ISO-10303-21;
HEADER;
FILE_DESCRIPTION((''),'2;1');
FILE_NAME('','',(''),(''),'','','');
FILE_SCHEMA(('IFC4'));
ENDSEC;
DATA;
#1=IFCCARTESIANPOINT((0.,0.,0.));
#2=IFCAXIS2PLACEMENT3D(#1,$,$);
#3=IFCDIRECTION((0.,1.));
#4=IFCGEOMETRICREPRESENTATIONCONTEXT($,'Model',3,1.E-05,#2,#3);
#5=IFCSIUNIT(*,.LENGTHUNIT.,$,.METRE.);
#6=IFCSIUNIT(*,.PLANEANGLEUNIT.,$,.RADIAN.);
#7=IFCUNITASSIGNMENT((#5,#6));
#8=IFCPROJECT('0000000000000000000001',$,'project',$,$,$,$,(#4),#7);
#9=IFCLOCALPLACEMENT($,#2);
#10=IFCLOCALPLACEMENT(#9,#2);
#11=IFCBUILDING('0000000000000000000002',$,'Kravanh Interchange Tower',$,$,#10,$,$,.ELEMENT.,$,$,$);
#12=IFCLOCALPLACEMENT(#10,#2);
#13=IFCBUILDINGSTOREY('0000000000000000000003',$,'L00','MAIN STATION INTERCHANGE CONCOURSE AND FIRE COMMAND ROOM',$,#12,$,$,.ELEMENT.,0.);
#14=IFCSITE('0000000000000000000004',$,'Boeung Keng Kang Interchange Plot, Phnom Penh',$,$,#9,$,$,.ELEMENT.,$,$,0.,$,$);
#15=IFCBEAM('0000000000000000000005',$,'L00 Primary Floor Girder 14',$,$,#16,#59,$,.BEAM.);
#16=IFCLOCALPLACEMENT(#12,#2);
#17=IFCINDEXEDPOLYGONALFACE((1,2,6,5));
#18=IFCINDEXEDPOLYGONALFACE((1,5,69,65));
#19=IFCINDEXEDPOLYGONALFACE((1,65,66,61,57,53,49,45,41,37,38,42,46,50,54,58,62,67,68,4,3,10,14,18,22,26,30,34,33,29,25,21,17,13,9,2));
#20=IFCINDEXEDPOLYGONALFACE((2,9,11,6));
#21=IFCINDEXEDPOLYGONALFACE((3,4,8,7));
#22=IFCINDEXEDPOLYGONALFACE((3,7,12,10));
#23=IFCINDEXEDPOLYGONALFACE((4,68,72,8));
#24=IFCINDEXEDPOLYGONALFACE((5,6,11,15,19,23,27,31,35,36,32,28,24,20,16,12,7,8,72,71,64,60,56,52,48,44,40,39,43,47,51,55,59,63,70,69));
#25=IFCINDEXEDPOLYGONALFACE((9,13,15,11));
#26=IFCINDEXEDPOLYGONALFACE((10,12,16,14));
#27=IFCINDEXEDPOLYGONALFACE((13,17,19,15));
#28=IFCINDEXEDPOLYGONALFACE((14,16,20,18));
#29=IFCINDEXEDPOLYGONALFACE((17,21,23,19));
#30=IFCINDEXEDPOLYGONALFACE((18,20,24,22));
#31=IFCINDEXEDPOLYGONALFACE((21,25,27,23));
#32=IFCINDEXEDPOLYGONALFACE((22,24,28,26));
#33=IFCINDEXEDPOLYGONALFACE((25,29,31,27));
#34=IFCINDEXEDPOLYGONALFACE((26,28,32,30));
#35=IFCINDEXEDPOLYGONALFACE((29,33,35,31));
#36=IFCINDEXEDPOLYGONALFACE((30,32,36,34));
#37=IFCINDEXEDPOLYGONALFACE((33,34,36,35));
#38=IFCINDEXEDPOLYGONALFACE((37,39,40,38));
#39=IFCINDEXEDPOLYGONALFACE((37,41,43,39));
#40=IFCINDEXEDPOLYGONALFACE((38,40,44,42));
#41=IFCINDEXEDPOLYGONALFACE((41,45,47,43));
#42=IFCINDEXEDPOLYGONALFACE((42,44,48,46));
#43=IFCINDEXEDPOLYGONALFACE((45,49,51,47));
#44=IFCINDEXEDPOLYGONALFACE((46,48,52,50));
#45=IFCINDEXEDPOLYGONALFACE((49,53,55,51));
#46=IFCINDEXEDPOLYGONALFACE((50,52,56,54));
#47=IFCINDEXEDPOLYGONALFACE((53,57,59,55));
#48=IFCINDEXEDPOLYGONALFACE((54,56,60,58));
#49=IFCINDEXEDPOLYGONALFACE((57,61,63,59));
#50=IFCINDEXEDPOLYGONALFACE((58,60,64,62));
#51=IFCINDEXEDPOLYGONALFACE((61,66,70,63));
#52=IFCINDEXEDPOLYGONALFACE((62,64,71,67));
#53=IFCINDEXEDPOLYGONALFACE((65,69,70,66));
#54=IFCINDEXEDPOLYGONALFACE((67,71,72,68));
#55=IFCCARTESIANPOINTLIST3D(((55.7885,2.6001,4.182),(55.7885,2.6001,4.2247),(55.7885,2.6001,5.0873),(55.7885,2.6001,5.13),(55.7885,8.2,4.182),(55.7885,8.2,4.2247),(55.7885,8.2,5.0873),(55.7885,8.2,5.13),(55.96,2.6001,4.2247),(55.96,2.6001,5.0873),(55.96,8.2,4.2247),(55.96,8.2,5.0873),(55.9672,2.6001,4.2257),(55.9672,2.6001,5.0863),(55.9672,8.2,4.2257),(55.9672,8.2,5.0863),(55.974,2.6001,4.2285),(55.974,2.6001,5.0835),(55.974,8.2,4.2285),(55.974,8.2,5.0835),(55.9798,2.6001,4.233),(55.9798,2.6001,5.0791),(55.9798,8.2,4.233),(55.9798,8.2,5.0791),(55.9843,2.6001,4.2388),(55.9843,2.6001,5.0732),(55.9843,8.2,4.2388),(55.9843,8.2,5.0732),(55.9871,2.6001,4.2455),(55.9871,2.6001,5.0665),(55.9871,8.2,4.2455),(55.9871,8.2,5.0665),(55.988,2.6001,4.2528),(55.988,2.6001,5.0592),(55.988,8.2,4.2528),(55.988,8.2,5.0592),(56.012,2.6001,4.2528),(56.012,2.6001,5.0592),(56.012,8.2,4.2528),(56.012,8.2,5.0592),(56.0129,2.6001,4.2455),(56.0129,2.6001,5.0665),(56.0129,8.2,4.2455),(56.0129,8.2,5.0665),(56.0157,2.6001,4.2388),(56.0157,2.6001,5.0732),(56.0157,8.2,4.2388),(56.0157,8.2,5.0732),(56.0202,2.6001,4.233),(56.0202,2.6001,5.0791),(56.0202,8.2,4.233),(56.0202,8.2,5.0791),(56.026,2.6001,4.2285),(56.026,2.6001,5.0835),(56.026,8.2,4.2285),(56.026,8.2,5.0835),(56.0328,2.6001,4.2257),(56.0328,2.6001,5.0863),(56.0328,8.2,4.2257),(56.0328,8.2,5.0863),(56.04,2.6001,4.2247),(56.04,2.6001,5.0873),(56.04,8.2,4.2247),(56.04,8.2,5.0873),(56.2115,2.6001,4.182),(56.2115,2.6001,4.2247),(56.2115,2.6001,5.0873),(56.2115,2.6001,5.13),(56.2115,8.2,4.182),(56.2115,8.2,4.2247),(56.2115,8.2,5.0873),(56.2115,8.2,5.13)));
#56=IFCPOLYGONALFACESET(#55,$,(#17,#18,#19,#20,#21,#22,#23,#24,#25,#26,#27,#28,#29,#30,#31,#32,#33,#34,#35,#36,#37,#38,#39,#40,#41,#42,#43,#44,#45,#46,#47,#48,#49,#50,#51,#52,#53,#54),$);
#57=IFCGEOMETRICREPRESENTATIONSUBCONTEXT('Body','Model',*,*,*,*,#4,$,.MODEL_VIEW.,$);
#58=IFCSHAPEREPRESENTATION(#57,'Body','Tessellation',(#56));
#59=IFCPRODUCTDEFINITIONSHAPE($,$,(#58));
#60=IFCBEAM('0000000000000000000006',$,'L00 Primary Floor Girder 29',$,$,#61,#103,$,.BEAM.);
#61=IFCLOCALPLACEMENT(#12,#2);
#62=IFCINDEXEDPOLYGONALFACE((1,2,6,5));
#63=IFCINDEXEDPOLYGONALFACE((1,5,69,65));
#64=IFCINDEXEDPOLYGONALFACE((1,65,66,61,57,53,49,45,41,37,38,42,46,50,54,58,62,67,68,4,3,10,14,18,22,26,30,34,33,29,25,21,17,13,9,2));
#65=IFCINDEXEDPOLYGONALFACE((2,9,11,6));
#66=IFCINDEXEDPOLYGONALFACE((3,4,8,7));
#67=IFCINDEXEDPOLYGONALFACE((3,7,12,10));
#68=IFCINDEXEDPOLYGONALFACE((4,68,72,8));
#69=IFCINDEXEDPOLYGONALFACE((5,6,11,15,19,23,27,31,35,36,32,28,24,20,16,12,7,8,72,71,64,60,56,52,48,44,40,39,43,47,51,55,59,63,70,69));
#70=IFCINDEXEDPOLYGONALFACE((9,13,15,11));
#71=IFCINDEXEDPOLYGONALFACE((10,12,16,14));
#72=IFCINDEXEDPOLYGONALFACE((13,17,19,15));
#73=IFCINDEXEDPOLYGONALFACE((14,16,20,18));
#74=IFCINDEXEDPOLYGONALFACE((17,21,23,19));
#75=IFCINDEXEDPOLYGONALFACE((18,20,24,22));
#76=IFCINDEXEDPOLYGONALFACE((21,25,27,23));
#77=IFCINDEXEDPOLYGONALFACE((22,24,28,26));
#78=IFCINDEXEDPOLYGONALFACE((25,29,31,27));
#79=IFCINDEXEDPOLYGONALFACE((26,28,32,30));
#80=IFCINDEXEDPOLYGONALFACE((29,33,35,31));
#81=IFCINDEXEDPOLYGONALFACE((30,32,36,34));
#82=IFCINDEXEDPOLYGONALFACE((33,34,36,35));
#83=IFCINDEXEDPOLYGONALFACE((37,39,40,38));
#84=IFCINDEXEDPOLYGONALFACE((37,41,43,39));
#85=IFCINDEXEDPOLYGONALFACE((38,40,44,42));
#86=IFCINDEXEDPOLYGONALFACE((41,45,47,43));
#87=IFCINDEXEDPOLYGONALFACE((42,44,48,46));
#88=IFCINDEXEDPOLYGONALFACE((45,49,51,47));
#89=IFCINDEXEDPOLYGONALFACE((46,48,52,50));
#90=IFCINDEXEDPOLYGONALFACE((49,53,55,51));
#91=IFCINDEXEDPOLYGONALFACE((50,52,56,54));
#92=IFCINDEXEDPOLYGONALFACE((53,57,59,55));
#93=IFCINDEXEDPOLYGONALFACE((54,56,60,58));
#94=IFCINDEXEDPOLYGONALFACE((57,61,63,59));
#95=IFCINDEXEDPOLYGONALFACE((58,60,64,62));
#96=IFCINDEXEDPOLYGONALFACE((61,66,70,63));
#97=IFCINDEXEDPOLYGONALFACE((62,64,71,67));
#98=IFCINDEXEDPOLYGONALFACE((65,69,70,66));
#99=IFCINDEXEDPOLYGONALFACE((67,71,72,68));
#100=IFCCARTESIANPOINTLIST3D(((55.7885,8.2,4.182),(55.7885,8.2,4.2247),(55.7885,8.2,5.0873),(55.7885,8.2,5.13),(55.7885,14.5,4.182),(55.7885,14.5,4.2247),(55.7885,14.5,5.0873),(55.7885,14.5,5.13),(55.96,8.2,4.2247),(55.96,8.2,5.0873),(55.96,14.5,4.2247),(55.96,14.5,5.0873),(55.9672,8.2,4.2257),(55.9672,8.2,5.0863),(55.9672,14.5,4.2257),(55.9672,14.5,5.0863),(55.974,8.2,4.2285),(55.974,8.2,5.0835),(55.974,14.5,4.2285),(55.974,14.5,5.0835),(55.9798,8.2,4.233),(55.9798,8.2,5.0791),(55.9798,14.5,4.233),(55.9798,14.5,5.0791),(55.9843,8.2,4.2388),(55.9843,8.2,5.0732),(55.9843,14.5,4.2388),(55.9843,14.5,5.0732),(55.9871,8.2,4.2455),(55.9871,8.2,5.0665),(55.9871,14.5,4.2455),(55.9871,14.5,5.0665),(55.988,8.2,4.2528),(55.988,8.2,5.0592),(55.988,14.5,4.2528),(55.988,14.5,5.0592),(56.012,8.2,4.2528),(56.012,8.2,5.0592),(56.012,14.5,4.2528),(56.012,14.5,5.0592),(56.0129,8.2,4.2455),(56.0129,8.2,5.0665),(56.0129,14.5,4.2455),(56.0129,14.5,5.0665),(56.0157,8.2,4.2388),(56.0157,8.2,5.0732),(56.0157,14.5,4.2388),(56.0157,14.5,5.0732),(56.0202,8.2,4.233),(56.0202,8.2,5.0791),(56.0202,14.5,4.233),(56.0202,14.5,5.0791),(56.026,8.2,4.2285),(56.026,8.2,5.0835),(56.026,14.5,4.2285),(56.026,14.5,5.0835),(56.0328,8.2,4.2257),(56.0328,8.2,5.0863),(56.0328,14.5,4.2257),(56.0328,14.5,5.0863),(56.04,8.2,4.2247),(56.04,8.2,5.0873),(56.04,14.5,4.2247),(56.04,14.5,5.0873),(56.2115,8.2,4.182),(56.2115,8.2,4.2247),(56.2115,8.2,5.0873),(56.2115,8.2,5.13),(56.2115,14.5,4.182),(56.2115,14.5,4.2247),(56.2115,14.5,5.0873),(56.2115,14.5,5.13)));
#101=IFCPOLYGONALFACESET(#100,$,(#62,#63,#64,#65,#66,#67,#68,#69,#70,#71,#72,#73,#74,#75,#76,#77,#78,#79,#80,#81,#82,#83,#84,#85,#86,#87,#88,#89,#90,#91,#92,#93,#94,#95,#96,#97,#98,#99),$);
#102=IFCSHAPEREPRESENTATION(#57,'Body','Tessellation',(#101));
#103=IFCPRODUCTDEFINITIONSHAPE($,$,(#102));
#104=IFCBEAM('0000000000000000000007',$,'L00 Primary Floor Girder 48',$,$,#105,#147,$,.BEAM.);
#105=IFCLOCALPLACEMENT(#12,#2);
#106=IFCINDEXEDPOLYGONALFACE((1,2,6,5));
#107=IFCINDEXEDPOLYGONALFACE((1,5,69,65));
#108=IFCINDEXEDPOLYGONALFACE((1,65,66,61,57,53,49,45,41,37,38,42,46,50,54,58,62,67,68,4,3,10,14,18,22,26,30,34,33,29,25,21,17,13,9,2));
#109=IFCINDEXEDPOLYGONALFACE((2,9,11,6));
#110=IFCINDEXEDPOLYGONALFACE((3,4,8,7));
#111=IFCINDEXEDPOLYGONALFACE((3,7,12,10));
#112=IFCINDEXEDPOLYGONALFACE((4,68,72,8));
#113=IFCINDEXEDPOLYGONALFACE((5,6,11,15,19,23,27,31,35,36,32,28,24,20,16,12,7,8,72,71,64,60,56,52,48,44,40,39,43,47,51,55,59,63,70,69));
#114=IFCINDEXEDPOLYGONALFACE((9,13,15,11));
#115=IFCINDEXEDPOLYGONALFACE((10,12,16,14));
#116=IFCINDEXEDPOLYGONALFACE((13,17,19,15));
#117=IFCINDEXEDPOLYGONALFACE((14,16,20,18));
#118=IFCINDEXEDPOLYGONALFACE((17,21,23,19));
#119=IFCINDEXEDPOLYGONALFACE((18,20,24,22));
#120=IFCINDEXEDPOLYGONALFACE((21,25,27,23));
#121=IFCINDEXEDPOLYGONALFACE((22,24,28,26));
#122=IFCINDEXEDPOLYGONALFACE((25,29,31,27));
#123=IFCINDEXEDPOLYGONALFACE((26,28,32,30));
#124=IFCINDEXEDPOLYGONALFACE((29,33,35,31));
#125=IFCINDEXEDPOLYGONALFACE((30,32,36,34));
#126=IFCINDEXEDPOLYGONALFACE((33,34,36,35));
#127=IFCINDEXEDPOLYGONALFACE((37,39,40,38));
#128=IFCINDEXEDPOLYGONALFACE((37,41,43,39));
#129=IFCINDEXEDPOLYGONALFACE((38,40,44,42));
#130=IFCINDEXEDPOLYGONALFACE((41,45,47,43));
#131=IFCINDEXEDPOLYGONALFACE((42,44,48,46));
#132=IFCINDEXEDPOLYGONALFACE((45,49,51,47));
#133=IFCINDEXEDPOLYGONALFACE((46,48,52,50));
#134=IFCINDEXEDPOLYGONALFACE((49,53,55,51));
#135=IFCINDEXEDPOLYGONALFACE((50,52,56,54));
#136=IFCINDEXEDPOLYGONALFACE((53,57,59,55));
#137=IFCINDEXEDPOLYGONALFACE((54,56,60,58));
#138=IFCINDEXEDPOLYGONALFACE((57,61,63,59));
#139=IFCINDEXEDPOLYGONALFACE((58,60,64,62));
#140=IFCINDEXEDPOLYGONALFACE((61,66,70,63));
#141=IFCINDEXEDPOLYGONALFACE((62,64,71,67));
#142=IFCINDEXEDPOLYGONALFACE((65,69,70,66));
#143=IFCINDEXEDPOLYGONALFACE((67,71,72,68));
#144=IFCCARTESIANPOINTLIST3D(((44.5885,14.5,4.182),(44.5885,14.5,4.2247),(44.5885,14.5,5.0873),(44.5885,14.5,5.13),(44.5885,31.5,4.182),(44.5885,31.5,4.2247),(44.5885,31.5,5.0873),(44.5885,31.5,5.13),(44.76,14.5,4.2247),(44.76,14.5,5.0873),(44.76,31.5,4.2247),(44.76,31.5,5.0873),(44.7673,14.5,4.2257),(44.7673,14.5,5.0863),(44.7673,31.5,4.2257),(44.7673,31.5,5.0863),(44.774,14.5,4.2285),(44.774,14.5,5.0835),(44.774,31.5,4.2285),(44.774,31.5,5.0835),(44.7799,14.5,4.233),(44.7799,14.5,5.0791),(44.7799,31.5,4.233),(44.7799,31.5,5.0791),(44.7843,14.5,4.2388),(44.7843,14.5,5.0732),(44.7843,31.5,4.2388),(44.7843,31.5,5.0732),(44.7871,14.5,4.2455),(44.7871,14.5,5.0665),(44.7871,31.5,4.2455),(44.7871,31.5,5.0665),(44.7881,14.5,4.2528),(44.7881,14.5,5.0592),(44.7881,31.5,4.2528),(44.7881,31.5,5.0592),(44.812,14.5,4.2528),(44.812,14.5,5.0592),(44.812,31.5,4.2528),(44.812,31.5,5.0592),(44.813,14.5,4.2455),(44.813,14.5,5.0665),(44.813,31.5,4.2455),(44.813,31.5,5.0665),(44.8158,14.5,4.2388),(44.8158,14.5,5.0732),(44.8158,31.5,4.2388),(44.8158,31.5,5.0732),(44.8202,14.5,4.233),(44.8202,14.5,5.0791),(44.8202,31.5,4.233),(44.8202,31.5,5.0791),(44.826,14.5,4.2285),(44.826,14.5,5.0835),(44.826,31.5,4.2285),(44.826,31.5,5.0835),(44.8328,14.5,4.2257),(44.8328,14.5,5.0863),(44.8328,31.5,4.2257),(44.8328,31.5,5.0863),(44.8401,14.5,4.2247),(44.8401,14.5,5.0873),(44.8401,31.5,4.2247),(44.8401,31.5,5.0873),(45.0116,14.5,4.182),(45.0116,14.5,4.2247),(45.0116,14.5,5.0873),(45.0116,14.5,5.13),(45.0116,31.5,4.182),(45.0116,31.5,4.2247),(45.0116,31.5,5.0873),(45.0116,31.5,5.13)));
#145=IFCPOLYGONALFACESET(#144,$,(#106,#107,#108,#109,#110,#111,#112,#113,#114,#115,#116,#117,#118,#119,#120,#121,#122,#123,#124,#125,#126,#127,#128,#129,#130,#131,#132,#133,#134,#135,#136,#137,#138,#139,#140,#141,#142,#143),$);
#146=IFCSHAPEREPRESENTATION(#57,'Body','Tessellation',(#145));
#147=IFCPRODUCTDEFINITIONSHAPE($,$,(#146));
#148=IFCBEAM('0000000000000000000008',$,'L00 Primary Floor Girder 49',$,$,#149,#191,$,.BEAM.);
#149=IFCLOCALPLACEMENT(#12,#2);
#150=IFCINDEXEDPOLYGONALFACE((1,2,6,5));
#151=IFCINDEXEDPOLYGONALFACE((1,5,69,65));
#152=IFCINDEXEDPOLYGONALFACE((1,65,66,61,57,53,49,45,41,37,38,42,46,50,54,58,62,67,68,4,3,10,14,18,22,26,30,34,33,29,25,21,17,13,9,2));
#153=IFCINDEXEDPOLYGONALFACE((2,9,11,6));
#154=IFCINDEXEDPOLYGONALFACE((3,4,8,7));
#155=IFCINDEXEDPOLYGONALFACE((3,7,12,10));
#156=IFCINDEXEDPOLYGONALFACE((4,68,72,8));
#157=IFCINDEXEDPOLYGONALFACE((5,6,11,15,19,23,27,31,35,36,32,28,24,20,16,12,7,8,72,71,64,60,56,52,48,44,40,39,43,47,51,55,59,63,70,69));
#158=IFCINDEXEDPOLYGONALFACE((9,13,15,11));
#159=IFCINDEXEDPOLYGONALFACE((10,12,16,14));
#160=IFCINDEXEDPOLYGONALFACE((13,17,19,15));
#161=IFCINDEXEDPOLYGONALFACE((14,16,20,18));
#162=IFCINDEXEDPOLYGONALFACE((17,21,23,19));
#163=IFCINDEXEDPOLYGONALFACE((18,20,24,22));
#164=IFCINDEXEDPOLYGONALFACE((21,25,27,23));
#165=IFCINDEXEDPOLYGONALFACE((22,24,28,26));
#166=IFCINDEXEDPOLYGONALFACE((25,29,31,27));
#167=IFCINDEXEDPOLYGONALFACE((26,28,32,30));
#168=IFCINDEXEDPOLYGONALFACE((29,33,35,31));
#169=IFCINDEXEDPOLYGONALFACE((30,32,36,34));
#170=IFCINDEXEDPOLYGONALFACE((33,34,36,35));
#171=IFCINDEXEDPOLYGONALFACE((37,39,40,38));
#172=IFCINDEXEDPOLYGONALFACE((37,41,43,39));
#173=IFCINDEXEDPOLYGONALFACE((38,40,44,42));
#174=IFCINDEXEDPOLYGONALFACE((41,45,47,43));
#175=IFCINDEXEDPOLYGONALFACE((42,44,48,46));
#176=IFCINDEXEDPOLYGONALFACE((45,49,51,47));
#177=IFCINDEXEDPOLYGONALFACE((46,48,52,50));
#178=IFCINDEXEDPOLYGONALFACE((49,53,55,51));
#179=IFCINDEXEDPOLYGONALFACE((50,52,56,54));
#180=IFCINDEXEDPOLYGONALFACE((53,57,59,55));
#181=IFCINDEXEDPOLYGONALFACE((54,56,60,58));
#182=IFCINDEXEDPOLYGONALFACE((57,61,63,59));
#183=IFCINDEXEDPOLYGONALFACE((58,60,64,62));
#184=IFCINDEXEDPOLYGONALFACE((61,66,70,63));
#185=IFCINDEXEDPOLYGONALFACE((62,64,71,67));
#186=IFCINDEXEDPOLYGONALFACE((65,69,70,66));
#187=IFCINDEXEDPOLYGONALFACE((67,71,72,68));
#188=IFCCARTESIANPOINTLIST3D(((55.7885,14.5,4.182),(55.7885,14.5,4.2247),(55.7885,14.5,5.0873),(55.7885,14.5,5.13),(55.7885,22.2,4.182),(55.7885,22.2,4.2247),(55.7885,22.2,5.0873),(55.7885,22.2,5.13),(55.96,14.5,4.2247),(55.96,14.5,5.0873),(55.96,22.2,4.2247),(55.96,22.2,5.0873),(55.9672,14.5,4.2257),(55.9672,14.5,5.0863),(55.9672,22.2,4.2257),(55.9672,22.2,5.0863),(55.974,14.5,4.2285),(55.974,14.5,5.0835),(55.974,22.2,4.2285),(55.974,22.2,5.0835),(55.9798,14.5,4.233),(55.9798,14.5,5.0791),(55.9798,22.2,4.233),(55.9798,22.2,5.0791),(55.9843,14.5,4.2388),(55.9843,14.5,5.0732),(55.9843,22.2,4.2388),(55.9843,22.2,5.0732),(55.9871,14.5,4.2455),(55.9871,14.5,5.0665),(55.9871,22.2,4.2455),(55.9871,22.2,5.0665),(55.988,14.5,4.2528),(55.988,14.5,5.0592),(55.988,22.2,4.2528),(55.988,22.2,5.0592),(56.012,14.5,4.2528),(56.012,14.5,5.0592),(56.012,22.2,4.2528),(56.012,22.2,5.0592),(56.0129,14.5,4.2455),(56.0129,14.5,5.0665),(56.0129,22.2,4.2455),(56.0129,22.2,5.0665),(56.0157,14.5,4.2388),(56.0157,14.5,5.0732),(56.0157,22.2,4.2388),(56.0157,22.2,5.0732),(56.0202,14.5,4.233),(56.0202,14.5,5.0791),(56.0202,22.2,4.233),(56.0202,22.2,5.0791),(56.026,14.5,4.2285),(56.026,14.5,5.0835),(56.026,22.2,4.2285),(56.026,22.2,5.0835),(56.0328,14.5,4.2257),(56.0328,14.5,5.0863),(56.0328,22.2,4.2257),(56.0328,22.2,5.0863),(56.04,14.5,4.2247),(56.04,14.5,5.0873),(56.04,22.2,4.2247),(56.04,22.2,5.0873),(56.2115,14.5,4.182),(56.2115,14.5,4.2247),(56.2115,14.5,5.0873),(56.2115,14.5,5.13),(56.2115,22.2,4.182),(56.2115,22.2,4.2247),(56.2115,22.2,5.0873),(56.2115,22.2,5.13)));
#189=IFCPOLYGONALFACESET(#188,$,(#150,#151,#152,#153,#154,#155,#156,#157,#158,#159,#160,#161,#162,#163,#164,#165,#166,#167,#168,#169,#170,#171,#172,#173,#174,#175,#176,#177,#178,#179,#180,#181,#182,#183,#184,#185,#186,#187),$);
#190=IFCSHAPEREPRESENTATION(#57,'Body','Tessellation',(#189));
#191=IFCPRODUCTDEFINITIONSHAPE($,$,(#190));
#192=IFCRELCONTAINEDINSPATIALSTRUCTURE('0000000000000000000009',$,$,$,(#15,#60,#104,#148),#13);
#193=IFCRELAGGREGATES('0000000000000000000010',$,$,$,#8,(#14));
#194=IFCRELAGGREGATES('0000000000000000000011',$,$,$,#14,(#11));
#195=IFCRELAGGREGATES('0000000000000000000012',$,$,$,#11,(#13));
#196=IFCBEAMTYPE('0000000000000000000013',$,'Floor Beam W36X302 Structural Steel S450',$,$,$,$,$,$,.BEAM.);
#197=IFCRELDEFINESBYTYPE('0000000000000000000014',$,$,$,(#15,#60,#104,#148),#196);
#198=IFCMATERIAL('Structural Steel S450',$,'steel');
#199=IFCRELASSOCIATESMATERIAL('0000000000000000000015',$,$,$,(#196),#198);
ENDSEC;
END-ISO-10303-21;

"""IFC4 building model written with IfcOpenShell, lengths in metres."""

from ifc_helpers import new_model, si_unit, direction, frame, origin, origin_2d, place, context, subcontext, project, spatial, i_section, extrude, material, material_profile, profile_set, type_object, element, save


model = new_model("IFC4")

# Units and contexts
model_context = context("Model", 3, precision=1e-05, world=origin(), true_north=direction((0.0, 1.0)))
body_context = subcontext(model_context, "Body", "Model", "MODEL_VIEW")
ifc_project = project(units=[si_unit("LENGTHUNIT", "METRE"), si_unit("PLANEANGLEUNIT", "RADIAN")], contexts=[model_context])

# Site, building, storey
site_placement = place(None, origin())
site = spatial("IfcSite", under=ifc_project, at=site_placement, Name="Boeung Keng Kang Interchange Plot, Phnom Penh", CompositionType="ELEMENT", RefElevation=0.0)
building_placement = place(site_placement, origin())
building = spatial("IfcBuilding", under=site, at=building_placement, Name="Kravanh Interchange Tower", CompositionType="ELEMENT")
storey_placement = place(building_placement, origin())
storey = spatial("IfcBuildingStorey", under=building, at=storey_placement, Name="L00", Description="MAIN STATION INTERCHANGE CONCOURSE AND FIRE COMMAND ROOM", CompositionType="ELEMENT", Elevation=0.0)

# Beams
ifc_material_1 = material(Name="Structural Steel S450", Category="steel")
ifc_material_profile_1 = material_profile(ifc_material_1, i_section(OverallWidth=0.4231, OverallDepth=0.948, WebThickness=0.0239, FlangeThickness=0.0427, FilletRadius=0.0281, at=origin_2d()), Name="W36X302")
ifc_profile_set_1 = profile_set([ifc_material_profile_1], Name="Structural Steel S450")
beam_type_1 = type_object("IfcBeamType", Name="Floor Beam W36X302 Structural Steel S450", PredefinedType="BEAM", material=ifc_profile_set_1)
beam_1_placement = place(storey_placement, frame((56.0, 2.6001, 4.656), z_axis=(0.0, 1.0, 0.0), x_axis=(-1.0, 0.0, 0.0)))
element("IfcBeam", 1, at=beam_1_placement, inside=storey, type_object=beam_type_1, Name="L00 Primary Floor Girder 14", PredefinedType="BEAM", context=body_context, shape_type="SweptSolid", body=[
    extrude(i_section(OverallWidth=0.4231, OverallDepth=0.948, WebThickness=0.0239, FlangeThickness=0.0427, FilletRadius=0.0281, at=origin_2d()), origin(), (0.0, 0.0, 1.0), 5.5999),
])
beam_2_placement = place(storey_placement, frame((56.0, 8.2, 4.656), z_axis=(0.0, 1.0, 0.0), x_axis=(-1.0, 0.0, 0.0)))
element("IfcBeam", 2, at=beam_2_placement, inside=storey, type_object=beam_type_1, Name="L00 Primary Floor Girder 29", PredefinedType="BEAM", context=body_context, shape_type="SweptSolid", body=[
    extrude(i_section(OverallWidth=0.4231, OverallDepth=0.948, WebThickness=0.0239, FlangeThickness=0.0427, FilletRadius=0.0281, at=origin_2d()), origin(), (0.0, 0.0, 1.0), 6.3),
])
beam_3_placement = place(storey_placement, frame((44.8, 14.5, 4.656), z_axis=(0.0, 1.0, 0.0), x_axis=(-1.0, 0.0, 0.0)))
element("IfcBeam", 3, at=beam_3_placement, inside=storey, type_object=beam_type_1, Name="L00 Primary Floor Girder 48", PredefinedType="BEAM", context=body_context, shape_type="SweptSolid", body=[
    extrude(i_section(OverallWidth=0.4231, OverallDepth=0.948, WebThickness=0.0239, FlangeThickness=0.0427, FilletRadius=0.0281, at=origin_2d()), origin(), (0.0, 0.0, 1.0), 17.0),
])
beam_4_placement = place(storey_placement, frame((56.0, 14.5, 4.656), z_axis=(0.0, 1.0, 0.0), x_axis=(-1.0, 0.0, 0.0)))
element("IfcBeam", 4, at=beam_4_placement, inside=storey, type_object=beam_type_1, Name="L00 Primary Floor Girder 49", PredefinedType="BEAM", context=body_context, shape_type="SweptSolid", body=[
    extrude(i_section(OverallWidth=0.4231, OverallDepth=0.948, WebThickness=0.0239, FlangeThickness=0.0427, FilletRadius=0.0281, at=origin_2d()), origin(), (0.0, 0.0, 1.0), 7.7),
])

save(model, "model.ifc")
